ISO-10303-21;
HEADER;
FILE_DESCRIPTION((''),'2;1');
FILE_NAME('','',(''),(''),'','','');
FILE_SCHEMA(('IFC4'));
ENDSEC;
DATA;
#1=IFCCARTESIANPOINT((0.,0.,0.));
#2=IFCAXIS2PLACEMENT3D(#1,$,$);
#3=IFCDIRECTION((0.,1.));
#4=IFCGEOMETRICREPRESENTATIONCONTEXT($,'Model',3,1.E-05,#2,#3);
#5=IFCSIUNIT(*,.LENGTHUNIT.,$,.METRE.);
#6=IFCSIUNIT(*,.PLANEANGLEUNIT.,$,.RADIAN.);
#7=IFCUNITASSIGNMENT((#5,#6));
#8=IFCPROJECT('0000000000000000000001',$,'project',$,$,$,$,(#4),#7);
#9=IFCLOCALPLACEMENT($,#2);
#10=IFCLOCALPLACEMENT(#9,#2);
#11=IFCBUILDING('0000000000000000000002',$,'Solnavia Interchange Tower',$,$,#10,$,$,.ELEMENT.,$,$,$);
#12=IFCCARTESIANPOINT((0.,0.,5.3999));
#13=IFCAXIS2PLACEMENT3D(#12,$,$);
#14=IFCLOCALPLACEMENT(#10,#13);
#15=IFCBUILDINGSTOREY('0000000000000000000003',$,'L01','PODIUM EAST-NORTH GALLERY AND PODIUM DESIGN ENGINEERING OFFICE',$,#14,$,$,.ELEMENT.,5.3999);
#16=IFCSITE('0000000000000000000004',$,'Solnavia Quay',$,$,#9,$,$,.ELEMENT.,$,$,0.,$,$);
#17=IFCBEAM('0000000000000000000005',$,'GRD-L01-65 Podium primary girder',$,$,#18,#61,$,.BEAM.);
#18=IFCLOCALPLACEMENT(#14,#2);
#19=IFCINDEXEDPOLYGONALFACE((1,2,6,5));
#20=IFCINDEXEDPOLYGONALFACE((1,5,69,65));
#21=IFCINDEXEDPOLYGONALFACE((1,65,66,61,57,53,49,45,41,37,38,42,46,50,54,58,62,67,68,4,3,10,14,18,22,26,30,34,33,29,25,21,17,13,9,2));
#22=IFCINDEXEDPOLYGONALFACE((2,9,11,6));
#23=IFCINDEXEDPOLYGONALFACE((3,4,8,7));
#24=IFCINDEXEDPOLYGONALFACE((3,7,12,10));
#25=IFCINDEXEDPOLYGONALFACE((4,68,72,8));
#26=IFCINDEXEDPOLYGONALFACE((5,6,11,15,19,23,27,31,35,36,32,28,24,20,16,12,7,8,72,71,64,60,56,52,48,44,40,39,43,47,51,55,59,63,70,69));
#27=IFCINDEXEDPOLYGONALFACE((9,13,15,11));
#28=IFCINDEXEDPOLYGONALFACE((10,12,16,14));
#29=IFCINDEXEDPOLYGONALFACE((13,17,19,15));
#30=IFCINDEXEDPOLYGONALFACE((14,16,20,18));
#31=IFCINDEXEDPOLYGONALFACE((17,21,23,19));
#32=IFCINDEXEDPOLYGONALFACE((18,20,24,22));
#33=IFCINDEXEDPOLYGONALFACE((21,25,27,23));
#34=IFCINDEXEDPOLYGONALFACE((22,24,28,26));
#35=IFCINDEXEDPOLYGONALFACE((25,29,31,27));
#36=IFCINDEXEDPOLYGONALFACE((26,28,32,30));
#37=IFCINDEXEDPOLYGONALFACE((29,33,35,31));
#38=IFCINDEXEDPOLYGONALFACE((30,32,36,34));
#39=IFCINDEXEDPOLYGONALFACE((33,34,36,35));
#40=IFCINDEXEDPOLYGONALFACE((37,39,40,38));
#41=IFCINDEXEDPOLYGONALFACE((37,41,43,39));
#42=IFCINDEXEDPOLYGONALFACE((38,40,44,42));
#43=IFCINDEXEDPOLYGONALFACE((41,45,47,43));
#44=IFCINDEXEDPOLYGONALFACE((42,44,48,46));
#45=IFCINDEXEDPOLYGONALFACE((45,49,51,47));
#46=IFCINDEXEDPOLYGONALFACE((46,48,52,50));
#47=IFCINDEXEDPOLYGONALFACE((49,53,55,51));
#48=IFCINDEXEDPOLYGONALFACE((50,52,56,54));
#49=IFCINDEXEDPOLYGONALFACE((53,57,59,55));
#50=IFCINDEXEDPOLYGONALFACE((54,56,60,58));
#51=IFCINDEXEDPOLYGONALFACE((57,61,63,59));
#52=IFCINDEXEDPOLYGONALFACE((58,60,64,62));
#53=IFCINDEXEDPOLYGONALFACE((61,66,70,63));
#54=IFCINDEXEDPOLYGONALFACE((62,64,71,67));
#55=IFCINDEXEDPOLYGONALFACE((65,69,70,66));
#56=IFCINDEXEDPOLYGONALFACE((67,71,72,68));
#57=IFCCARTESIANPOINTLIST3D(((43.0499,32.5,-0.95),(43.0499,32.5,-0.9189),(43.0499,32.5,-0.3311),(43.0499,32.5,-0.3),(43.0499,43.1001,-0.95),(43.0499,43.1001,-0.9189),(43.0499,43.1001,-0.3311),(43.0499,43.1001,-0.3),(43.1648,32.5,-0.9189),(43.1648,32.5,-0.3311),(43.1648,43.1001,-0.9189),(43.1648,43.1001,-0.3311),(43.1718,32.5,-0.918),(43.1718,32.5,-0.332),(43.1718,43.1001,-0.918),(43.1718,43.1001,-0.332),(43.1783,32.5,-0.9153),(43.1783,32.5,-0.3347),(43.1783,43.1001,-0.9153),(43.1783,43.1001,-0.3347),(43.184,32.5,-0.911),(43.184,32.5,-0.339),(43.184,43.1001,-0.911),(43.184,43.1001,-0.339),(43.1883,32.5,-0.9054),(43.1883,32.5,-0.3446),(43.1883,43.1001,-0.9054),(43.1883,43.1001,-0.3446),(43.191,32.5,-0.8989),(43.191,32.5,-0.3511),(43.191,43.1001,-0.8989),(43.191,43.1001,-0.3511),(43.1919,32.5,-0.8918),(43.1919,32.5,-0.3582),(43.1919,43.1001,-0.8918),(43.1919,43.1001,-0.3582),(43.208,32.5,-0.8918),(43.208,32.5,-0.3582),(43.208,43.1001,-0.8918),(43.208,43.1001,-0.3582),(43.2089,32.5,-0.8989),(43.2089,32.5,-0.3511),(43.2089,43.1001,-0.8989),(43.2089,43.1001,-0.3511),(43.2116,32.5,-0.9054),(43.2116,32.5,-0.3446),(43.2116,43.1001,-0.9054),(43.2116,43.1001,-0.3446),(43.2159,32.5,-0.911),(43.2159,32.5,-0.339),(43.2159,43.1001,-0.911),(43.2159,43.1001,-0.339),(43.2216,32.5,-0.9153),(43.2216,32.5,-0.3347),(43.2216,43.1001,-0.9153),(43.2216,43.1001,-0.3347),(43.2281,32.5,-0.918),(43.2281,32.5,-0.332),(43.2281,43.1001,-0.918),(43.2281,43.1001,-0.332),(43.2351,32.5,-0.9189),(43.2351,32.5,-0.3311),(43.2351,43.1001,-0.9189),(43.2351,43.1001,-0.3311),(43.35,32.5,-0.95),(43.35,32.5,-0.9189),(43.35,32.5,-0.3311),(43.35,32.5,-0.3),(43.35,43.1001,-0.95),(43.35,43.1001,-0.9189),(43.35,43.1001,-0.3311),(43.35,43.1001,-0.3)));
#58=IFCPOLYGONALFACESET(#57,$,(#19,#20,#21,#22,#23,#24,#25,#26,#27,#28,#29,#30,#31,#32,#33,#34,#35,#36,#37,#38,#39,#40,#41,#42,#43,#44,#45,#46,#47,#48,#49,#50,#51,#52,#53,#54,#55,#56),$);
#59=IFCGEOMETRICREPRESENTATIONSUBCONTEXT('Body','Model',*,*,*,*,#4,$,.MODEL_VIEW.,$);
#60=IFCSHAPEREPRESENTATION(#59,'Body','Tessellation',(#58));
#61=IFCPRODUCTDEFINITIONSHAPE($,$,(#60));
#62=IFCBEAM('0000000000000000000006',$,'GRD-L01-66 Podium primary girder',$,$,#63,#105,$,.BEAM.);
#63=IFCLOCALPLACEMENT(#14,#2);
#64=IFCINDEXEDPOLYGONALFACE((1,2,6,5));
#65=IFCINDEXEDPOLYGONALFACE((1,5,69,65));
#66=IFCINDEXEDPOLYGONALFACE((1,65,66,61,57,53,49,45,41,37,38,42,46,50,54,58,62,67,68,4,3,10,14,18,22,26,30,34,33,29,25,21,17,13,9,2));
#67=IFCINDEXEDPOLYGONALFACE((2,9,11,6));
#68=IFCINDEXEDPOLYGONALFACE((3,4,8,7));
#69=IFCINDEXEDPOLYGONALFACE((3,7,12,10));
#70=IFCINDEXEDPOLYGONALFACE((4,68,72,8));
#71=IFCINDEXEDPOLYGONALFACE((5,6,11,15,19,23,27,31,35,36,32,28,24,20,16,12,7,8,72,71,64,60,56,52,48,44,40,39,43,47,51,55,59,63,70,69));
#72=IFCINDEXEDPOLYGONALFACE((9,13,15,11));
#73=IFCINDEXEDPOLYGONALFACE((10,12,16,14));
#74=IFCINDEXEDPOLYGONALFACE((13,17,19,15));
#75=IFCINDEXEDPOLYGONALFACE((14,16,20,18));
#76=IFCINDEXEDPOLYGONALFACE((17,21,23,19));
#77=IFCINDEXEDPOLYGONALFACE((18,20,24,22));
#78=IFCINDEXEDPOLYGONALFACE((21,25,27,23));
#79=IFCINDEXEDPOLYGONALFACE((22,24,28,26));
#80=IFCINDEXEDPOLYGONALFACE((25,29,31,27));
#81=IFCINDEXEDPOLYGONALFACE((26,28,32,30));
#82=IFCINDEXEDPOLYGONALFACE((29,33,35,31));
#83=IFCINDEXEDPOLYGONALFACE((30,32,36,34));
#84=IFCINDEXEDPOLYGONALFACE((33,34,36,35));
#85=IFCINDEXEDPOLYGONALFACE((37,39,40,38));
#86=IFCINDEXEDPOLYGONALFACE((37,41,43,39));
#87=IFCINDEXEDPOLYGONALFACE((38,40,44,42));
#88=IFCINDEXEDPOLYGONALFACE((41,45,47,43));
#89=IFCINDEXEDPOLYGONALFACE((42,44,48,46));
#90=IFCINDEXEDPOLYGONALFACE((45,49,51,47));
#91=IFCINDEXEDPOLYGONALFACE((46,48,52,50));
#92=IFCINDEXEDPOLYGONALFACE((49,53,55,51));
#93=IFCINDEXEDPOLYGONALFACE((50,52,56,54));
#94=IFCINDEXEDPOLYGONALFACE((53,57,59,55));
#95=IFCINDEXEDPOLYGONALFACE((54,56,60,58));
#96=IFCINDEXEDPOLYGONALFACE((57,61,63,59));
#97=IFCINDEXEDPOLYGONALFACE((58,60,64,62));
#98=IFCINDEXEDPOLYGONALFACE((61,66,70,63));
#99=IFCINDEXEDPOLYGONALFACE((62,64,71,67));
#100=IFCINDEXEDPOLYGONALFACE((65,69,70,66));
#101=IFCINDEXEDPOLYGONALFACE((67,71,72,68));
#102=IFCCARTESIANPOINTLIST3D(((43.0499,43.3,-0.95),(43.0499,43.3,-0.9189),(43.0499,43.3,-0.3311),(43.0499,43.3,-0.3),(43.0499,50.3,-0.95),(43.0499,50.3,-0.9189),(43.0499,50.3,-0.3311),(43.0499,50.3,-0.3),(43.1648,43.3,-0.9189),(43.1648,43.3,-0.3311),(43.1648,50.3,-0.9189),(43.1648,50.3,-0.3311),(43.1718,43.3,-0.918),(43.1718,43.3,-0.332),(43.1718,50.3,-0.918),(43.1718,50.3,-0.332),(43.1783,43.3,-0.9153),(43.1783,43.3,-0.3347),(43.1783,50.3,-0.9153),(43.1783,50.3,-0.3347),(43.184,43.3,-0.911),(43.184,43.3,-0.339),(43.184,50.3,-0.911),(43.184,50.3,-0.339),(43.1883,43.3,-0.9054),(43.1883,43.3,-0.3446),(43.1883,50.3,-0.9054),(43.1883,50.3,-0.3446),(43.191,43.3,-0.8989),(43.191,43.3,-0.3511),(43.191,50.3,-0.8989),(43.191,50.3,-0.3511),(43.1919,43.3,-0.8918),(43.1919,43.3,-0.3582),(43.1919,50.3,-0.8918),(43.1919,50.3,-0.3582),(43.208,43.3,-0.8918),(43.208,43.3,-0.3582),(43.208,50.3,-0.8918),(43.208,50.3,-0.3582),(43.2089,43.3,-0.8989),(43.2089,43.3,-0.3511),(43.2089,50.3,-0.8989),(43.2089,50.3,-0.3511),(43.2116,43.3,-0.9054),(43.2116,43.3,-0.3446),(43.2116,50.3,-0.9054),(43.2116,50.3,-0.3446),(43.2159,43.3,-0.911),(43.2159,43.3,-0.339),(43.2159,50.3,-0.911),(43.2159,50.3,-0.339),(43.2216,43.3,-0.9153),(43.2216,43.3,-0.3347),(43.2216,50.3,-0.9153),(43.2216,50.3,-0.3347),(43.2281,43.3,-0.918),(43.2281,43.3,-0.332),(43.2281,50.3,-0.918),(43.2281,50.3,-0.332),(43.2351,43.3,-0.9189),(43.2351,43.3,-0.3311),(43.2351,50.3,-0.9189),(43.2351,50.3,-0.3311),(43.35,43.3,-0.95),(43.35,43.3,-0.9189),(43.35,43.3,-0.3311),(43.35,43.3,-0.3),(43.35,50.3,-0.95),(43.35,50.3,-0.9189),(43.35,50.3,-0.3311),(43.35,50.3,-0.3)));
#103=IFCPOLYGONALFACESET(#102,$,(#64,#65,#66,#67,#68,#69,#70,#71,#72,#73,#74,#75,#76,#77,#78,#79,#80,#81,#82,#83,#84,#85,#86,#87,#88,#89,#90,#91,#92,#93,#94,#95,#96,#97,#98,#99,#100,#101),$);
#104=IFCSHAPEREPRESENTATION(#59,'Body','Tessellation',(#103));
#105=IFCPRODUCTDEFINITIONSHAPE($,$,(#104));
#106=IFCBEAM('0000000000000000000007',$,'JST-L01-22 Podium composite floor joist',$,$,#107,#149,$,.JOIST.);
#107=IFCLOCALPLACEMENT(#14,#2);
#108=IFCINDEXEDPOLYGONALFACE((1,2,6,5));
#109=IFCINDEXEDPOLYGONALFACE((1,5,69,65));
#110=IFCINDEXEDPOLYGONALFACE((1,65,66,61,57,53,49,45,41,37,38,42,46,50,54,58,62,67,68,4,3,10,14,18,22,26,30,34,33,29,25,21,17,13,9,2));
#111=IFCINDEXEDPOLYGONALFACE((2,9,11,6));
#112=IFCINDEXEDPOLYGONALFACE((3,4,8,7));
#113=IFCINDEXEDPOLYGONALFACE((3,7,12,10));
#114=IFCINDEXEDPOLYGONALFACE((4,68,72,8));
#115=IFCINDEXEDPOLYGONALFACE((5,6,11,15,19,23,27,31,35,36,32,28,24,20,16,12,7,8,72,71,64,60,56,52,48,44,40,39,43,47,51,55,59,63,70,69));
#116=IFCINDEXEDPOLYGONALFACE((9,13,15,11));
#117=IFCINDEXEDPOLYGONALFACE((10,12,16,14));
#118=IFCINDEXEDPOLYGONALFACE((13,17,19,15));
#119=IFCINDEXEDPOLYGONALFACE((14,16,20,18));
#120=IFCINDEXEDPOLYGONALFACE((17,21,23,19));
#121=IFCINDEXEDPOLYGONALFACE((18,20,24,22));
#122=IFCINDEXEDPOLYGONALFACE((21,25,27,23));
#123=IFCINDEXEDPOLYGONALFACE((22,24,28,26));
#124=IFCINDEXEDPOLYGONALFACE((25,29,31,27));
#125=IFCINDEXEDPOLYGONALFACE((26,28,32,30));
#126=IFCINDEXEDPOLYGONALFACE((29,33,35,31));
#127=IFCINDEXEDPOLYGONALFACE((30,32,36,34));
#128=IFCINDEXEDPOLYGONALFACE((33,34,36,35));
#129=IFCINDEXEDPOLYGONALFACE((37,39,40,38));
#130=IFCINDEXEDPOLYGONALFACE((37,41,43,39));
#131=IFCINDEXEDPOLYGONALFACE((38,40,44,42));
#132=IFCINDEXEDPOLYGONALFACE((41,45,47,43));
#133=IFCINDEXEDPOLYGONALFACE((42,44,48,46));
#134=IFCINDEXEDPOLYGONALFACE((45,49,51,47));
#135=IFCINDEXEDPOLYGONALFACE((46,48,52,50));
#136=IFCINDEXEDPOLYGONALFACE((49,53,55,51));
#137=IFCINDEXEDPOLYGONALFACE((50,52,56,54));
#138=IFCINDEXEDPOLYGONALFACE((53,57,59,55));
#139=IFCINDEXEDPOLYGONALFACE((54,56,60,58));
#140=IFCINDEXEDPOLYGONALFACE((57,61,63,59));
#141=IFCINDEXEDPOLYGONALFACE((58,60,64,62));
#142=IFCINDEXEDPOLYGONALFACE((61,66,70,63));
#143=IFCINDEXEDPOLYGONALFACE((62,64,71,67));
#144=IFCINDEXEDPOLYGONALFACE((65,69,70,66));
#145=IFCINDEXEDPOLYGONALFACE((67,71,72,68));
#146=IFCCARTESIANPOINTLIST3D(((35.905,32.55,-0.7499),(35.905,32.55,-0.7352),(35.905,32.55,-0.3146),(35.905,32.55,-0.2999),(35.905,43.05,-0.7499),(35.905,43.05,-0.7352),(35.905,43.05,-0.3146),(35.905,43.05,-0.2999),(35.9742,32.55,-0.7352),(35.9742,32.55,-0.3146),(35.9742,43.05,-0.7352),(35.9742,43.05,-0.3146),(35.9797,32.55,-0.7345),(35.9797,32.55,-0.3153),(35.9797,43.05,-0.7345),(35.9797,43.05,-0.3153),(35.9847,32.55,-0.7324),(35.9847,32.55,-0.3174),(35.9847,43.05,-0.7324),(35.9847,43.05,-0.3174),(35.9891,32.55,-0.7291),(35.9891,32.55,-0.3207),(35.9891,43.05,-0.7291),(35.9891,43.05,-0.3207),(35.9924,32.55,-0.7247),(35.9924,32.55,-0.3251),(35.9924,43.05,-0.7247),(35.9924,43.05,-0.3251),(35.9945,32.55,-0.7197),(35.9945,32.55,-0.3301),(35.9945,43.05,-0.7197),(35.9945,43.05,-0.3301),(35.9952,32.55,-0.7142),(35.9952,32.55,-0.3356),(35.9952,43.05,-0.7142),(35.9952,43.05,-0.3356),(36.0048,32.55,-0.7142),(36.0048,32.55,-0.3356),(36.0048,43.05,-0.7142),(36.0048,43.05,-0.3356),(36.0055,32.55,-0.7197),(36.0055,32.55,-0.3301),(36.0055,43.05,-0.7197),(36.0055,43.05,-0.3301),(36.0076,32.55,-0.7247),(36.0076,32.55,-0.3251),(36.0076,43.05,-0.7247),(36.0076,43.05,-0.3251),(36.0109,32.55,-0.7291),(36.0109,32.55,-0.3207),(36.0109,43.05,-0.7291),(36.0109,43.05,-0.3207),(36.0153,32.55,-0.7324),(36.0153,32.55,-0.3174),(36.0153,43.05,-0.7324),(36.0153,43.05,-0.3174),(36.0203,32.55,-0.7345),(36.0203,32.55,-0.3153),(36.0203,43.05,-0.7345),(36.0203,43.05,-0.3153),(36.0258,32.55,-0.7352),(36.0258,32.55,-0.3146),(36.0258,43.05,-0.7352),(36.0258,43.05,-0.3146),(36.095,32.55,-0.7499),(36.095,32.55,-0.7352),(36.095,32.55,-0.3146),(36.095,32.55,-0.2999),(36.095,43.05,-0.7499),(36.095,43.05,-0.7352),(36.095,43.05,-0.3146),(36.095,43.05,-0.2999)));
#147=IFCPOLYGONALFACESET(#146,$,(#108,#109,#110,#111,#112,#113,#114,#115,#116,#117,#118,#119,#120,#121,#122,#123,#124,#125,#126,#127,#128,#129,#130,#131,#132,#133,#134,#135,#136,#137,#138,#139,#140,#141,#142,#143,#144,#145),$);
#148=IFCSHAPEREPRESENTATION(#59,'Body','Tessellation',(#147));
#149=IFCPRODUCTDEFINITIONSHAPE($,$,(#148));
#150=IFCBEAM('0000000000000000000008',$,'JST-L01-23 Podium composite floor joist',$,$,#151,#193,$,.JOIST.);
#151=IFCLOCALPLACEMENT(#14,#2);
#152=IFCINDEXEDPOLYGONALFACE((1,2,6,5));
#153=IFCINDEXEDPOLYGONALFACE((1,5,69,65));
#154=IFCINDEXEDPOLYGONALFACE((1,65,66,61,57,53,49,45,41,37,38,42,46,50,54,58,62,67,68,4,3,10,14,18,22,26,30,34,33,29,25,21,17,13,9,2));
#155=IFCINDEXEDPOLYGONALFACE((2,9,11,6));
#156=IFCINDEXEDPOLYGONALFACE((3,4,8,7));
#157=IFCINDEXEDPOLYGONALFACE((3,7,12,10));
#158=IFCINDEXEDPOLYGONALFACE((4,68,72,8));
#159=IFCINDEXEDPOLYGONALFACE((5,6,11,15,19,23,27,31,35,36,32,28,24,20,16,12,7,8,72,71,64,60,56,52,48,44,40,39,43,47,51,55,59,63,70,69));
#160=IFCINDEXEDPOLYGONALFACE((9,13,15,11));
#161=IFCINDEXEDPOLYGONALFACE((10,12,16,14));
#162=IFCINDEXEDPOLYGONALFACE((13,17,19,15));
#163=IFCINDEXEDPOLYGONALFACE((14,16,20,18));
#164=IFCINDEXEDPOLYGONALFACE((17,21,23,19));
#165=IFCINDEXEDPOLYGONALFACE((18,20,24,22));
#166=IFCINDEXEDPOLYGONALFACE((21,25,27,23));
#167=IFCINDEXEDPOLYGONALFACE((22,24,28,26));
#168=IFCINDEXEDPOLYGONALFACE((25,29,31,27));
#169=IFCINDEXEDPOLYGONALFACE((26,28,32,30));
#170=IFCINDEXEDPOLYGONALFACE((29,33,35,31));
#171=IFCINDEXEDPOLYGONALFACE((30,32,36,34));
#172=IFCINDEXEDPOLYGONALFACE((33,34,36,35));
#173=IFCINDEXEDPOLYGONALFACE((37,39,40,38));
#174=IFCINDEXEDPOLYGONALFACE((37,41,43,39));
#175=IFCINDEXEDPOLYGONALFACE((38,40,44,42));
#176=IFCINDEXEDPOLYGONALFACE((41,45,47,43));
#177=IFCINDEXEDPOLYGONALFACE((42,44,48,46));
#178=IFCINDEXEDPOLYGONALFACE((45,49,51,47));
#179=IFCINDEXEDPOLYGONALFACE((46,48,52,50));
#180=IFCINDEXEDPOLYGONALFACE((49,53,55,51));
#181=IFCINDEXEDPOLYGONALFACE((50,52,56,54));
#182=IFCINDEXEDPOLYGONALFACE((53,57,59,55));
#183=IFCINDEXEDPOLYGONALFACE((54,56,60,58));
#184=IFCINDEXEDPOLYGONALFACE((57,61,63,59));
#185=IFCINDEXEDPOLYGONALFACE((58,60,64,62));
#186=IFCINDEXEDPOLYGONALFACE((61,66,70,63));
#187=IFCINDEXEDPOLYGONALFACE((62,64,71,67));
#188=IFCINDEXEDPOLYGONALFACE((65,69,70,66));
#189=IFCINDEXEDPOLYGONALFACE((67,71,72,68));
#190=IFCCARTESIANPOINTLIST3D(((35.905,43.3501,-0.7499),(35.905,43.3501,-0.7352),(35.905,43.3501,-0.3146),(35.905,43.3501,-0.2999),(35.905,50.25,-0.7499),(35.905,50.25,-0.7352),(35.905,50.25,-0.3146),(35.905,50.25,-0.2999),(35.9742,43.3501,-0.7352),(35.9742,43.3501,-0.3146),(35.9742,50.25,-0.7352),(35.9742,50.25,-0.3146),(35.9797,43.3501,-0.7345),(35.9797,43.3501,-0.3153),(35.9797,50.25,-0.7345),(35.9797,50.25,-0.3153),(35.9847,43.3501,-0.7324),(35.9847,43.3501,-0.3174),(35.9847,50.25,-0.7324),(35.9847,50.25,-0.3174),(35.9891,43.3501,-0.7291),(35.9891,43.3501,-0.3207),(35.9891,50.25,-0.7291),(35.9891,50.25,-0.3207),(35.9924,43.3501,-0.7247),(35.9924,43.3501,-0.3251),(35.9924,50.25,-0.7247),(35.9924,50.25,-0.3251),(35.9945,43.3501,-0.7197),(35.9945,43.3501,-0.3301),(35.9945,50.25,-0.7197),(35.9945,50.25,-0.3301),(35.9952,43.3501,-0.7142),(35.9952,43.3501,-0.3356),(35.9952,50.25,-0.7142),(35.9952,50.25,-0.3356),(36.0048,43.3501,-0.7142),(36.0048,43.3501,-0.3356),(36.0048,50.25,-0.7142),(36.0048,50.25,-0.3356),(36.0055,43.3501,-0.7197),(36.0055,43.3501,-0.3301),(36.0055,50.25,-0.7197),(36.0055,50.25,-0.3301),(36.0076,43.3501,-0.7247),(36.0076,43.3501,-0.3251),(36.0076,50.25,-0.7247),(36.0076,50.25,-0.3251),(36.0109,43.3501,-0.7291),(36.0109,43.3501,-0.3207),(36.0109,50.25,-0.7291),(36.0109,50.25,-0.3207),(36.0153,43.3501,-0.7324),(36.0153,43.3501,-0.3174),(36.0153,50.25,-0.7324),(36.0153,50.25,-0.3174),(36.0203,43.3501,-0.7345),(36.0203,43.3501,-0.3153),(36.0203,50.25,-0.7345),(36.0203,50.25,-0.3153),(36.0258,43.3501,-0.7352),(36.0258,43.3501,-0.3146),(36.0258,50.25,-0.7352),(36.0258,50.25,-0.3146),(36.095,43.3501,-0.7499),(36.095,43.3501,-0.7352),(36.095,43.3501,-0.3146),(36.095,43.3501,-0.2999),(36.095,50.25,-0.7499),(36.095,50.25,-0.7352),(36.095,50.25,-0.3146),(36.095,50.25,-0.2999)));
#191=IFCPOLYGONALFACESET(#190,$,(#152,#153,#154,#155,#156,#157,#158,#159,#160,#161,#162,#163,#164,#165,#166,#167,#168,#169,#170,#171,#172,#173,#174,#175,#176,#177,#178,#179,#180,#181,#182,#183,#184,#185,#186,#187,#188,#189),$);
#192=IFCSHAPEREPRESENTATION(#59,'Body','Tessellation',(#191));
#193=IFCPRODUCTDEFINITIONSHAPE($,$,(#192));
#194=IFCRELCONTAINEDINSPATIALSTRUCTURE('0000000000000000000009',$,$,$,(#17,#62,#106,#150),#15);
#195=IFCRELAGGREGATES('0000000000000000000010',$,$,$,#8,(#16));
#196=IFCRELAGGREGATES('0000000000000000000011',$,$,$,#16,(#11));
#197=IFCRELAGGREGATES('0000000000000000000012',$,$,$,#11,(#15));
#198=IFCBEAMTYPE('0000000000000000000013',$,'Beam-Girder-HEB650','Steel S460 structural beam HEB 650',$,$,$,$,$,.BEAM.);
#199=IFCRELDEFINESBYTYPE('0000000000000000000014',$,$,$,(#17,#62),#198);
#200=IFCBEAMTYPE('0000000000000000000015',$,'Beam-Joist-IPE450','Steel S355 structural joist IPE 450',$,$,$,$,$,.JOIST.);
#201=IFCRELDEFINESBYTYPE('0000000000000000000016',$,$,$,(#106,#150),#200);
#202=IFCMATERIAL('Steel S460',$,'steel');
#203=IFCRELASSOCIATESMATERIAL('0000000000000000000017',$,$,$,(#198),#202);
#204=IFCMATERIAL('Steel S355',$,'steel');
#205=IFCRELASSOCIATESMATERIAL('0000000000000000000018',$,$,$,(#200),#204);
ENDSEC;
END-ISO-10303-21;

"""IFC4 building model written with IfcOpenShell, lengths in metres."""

from ifc_helpers import new_model, si_unit, direction, frame, origin, origin_2d, place, context, subcontext, project, spatial, i_section, extrude, material, material_profile, profile_set, type_object, element, save


model = new_model("IFC4")

# Units and contexts
model_context = context("Model", 3, precision=1e-05, world=origin(), true_north=direction((0.0, 1.0)))
body_context = subcontext(model_context, "Body", "Model", "MODEL_VIEW")
ifc_project = project(units=[si_unit("LENGTHUNIT", "METRE"), si_unit("PLANEANGLEUNIT", "RADIAN")], contexts=[model_context])

# Site, building, storey
site_placement = place(None, origin())
site = spatial("IfcSite", under=ifc_project, at=site_placement, Name="Solnavia Quay", CompositionType="ELEMENT", RefElevation=0.0)
building_placement = place(site_placement, origin())
building = spatial("IfcBuilding", under=site, at=building_placement, Name="Solnavia Interchange Tower", CompositionType="ELEMENT")
storey_placement = place(building_placement, frame((0.0, 0.0, 5.3999)))
storey = spatial("IfcBuildingStorey", under=building, at=storey_placement, Name="L01", Description="PODIUM EAST-NORTH GALLERY AND PODIUM DESIGN ENGINEERING OFFICE", CompositionType="ELEMENT", Elevation=5.3999)

# Beams
ifc_material_1 = material(Name="Steel S460", Category="steel")
ifc_material_profile_1 = material_profile(ifc_material_1, i_section(OverallWidth=0.3, OverallDepth=0.6499, WebThickness=0.0161, FlangeThickness=0.031, FilletRadius=0.0271, at=origin_2d()), Name="HEB 650")
ifc_profile_set_1 = profile_set([ifc_material_profile_1], Name="Steel S460")
beam_type_1 = type_object("IfcBeamType", Name="Beam-Girder-HEB650", Description="Steel S460 structural beam HEB 650", PredefinedType="BEAM", material=ifc_profile_set_1)
beam_1_placement = place(storey_placement, frame((43.2, 32.5, -0.625), z_axis=(0.0, 1.0, 0.0), x_axis=(-1.0, 0.0, 0.0)))
element("IfcBeam", 1, at=beam_1_placement, inside=storey, type_object=beam_type_1, Name="GRD-L01-65 Podium primary girder", PredefinedType="BEAM", context=body_context, shape_type="SweptSolid", body=[
    extrude(i_section(OverallWidth=0.3, OverallDepth=0.6499, WebThickness=0.0161, FlangeThickness=0.031, FilletRadius=0.0271, at=origin_2d()), origin(), (0.0, 0.0, 1.0), 10.6001),
])
beam_2_placement = place(storey_placement, frame((43.2, 43.3, -0.625), z_axis=(0.0, 1.0, 0.0), x_axis=(-1.0, 0.0, 0.0)))
element("IfcBeam", 2, at=beam_2_placement, inside=storey, type_object=beam_type_1, Name="GRD-L01-66 Podium primary girder", PredefinedType="BEAM", context=body_context, shape_type="SweptSolid", body=[
    extrude(i_section(OverallWidth=0.3, OverallDepth=0.6499, WebThickness=0.0161, FlangeThickness=0.031, FilletRadius=0.0271, at=origin_2d()), origin(), (0.0, 0.0, 1.0), 7.0),
])
ifc_material_2 = material(Name="Steel S355", Category="steel")
ifc_material_profile_2 = material_profile(ifc_material_2, i_section(OverallWidth=0.1899, OverallDepth=0.45, WebThickness=0.0095, FlangeThickness=0.0146, FilletRadius=0.021, at=origin_2d()), Name="IPE 450")
ifc_profile_set_2 = profile_set([ifc_material_profile_2], Name="Steel S355")
beam_type_2 = type_object("IfcBeamType", Name="Beam-Joist-IPE450", Description="Steel S355 structural joist IPE 450", PredefinedType="JOIST", material=ifc_profile_set_2)
beam_3_placement = place(storey_placement, frame((36.0, 32.55, -0.5249), z_axis=(0.0, 1.0, 0.0), x_axis=(-1.0, 0.0, 0.0)))
element("IfcBeam", 3, at=beam_3_placement, inside=storey, type_object=beam_type_2, Name="JST-L01-22 Podium composite floor joist", PredefinedType="JOIST", context=body_context, shape_type="SweptSolid", body=[
    extrude(i_section(OverallWidth=0.1899, OverallDepth=0.45, WebThickness=0.0095, FlangeThickness=0.0146, FilletRadius=0.021, at=origin_2d()), origin(), (0.0, 0.0, 1.0), 10.5),
])
beam_4_placement = place(storey_placement, frame((36.0, 43.3501, -0.5249), z_axis=(0.0, 1.0, 0.0), x_axis=(-1.0, 0.0, 0.0)))
element("IfcBeam", 4, at=beam_4_placement, inside=storey, type_object=beam_type_2, Name="JST-L01-23 Podium composite floor joist", PredefinedType="JOIST", context=body_context, shape_type="SweptSolid", body=[
    extrude(i_section(OverallWidth=0.1899, OverallDepth=0.45, WebThickness=0.0095, FlangeThickness=0.0146, FilletRadius=0.021, at=origin_2d()), origin(), (0.0, 0.0, 1.0), 6.8999),
])

save(model, "model.ifc")
